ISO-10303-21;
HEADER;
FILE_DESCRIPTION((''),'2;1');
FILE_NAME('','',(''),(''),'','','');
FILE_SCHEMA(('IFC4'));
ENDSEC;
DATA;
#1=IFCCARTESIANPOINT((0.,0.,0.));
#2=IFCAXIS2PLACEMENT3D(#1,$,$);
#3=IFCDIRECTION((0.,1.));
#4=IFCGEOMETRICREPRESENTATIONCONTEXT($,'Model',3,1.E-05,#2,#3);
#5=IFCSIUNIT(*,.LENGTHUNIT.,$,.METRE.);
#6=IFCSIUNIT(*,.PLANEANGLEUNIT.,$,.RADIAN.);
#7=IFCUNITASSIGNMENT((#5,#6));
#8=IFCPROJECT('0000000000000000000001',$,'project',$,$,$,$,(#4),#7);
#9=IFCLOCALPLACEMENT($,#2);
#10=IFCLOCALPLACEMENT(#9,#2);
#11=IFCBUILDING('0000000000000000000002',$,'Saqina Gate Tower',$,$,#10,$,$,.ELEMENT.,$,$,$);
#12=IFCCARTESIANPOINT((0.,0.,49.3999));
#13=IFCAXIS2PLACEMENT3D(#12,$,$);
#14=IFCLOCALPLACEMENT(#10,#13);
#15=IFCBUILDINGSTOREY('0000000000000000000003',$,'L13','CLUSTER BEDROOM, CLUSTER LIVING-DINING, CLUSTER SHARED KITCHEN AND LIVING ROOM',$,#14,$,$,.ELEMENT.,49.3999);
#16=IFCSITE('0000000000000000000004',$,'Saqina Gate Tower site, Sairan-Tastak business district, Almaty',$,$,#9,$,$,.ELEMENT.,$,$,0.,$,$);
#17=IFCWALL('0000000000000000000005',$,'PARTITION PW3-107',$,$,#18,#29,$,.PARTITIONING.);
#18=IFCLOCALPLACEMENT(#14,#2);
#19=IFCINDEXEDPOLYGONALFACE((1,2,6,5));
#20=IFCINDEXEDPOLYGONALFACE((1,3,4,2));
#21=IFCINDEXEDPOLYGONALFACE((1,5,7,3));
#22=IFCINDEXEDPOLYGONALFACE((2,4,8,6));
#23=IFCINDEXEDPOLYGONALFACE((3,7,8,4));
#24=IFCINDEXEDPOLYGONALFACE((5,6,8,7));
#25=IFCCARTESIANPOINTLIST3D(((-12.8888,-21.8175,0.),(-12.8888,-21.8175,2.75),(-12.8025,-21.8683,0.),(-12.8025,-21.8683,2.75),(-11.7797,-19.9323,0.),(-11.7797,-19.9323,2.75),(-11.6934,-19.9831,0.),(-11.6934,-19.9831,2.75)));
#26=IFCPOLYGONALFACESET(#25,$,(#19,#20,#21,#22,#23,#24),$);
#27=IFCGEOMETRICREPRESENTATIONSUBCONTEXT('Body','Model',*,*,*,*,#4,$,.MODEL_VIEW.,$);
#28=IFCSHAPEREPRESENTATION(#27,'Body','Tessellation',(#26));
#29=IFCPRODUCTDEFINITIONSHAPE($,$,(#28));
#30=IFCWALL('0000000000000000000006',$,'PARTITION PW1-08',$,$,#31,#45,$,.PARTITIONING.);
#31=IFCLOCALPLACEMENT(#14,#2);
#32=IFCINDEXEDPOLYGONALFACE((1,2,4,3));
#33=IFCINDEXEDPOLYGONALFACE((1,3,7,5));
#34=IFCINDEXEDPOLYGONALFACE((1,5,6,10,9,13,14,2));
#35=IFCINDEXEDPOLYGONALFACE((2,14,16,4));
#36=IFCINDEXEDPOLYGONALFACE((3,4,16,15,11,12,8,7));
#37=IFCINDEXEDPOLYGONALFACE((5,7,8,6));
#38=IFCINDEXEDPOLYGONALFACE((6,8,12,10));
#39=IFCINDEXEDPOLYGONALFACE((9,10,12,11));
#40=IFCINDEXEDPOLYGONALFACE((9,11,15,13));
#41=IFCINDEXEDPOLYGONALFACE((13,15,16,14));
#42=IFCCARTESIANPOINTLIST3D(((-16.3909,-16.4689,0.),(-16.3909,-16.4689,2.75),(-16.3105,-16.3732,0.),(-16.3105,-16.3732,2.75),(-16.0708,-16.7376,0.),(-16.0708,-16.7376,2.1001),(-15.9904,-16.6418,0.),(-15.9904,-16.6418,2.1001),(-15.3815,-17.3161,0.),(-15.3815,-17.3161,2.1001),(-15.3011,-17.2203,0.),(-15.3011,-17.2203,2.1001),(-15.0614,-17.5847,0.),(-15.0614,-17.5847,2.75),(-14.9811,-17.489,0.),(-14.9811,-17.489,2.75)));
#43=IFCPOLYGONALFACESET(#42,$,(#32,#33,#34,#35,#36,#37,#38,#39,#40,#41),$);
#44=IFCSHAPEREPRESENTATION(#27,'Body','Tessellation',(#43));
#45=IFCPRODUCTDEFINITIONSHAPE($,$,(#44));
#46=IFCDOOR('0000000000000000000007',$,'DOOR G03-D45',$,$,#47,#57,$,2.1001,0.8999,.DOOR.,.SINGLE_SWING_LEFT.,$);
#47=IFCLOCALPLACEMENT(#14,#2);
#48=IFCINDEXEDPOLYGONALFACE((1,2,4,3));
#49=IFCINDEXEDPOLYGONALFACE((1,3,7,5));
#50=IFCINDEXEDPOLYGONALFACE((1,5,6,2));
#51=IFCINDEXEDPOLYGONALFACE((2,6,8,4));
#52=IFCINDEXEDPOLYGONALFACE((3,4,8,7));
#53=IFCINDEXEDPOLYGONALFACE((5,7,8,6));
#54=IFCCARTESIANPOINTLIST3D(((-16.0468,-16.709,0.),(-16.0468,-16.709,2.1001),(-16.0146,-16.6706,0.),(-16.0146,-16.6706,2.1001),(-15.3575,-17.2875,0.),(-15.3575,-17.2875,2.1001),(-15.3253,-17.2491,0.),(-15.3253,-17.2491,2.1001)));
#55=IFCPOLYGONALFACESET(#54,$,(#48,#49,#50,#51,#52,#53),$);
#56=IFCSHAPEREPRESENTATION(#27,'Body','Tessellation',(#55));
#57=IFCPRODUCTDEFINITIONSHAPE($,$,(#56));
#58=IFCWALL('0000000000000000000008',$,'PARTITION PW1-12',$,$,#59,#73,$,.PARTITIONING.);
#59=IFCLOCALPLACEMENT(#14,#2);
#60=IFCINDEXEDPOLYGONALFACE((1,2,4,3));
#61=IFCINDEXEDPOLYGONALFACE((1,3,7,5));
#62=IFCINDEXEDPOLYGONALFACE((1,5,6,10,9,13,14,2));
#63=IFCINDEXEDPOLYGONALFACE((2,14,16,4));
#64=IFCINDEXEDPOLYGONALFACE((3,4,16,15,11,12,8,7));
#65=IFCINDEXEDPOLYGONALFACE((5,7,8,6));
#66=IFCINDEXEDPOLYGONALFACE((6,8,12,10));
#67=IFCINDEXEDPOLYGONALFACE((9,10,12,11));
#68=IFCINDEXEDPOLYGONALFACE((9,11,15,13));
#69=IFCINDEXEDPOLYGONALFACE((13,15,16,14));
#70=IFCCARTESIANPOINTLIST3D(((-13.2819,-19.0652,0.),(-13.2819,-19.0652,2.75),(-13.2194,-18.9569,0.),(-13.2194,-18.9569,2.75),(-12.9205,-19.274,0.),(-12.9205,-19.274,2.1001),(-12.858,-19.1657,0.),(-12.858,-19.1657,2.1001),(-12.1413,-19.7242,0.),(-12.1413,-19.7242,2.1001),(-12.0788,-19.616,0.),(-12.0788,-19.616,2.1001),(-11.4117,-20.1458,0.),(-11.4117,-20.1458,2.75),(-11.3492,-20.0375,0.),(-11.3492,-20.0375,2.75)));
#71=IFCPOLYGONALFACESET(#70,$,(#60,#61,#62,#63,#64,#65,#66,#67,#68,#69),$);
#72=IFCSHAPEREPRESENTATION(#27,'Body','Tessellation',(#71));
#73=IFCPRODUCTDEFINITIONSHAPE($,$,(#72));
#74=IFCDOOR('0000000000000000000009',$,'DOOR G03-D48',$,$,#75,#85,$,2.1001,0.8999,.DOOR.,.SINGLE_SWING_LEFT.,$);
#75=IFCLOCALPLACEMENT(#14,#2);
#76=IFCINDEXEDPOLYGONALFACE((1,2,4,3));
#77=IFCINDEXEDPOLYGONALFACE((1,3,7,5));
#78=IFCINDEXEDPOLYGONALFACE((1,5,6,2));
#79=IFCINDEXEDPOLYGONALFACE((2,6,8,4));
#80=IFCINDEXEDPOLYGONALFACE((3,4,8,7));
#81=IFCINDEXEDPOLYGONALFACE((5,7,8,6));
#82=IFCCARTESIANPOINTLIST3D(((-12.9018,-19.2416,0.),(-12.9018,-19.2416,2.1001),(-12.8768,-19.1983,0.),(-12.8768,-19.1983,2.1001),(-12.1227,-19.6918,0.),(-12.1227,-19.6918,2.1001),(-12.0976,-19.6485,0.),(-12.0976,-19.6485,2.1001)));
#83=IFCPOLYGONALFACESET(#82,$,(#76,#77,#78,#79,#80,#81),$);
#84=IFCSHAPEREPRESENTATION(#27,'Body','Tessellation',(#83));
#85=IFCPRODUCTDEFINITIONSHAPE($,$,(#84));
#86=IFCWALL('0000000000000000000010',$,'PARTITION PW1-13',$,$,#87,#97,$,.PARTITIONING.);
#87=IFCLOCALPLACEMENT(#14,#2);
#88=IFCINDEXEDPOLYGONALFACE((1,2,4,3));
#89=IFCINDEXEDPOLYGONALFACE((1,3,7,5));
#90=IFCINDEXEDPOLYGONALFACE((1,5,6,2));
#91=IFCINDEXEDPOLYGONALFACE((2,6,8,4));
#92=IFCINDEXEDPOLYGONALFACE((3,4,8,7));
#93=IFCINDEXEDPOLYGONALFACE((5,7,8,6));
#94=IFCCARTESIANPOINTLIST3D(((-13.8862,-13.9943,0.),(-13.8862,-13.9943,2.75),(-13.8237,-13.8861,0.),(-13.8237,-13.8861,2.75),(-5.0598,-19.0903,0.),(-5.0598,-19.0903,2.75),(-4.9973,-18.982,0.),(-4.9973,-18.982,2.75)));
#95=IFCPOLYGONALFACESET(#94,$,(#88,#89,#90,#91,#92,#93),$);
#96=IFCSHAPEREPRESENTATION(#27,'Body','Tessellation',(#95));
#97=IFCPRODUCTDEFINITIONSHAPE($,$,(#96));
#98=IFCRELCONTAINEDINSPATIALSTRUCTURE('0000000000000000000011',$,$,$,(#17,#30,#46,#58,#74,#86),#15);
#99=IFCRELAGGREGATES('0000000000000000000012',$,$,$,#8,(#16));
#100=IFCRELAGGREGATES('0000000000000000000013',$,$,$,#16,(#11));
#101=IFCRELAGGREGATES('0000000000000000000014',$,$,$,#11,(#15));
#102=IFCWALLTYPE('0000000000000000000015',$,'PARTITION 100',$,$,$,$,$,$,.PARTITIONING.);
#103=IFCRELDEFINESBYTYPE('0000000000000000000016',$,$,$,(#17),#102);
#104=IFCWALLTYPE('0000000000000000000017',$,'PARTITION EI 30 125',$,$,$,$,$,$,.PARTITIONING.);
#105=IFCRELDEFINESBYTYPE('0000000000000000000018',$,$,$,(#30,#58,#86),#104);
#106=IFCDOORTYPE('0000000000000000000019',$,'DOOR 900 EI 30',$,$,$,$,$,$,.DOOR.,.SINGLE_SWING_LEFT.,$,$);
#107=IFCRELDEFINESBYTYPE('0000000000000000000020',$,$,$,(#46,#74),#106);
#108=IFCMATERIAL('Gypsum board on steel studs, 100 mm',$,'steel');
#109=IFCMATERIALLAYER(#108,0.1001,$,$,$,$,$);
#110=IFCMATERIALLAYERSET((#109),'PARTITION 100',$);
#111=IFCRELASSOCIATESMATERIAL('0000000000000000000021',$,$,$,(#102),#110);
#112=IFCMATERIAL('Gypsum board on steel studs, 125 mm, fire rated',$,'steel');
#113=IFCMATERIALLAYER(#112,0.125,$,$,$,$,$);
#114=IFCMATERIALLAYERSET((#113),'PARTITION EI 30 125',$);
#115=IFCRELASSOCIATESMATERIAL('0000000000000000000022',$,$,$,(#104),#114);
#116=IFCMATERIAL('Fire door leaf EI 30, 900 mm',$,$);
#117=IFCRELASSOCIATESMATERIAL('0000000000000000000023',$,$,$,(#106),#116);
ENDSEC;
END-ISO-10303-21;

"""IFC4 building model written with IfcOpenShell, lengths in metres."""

from ifc_helpers import new_model, si_unit, direction, frame, frame_2d, origin, place, context, subcontext, project, spatial, rectangle, extrude, material, layer, layer_set, type_object, element, fill, save


model = new_model("IFC4")

# Units and contexts
model_context = context("Model", 3, precision=1e-05, world=origin(), true_north=direction((0.0, 1.0)))
body_context = subcontext(model_context, "Body", "Model", "MODEL_VIEW")
ifc_project = project(units=[si_unit("LENGTHUNIT", "METRE"), si_unit("PLANEANGLEUNIT", "RADIAN")], contexts=[model_context])

# Site, building, storey
site_placement = place(None, origin())
site = spatial("IfcSite", under=ifc_project, at=site_placement, Name="Saqina Gate Tower site, Sairan-Tastak business district, Almaty", CompositionType="ELEMENT", RefElevation=0.0)
building_placement = place(site_placement, origin())
building = spatial("IfcBuilding", under=site, at=building_placement, Name="Saqina Gate Tower", CompositionType="ELEMENT")
storey_placement = place(building_placement, frame((0.0, 0.0, 49.3999)))
storey = spatial("IfcBuildingStorey", under=building, at=storey_placement, Name="L13", Description="CLUSTER BEDROOM, CLUSTER LIVING-DINING, CLUSTER SHARED KITCHEN AND LIVING ROOM", CompositionType="ELEMENT", Elevation=49.3999)

# Shared definitions
ifc_material_1 = material(Name="Gypsum board on steel studs, 100 mm", Category="steel")
ifc_layer_1 = layer(ifc_material_1, 0.1001)
ifc_layer_set_1 = layer_set([ifc_layer_1], Name="PARTITION 100")
wall_type_1 = type_object("IfcWallType", Name="PARTITION 100", PredefinedType="PARTITIONING", material=ifc_layer_set_1)

# Wall
wall_1_placement = place(storey_placement, frame((-12.8457, -21.843, 0.0), z_axis=(0.0, 0.0, 1.0), x_axis=(0.507074, 0.861903, 0.0)))
element("IfcWall", 1, at=wall_1_placement, inside=storey, type_object=wall_type_1, Name="PARTITION PW3-107", PredefinedType="PARTITIONING", context=body_context, shape_type="SweptSolid", body=[
    extrude(rectangle(XDim=2.1873, YDim=0.1001, at=frame_2d((1.0938, 0.0))), origin(), (0.0, 0.0, 1.0), 2.75),
])

# Walls, openings, doors
ifc_material_2 = material(Name="Gypsum board on steel studs, 125 mm, fire rated", Category="steel")
ifc_layer_2 = layer(ifc_material_2, 0.125)
ifc_layer_set_2 = layer_set([ifc_layer_2], Name="PARTITION EI 30 125")
wall_type_2 = type_object("IfcWallType", Name="PARTITION EI 30 125", PredefinedType="PARTITIONING", material=ifc_layer_set_2)
wall_2_placement = place(storey_placement, frame((-16.3506, -16.4211, 0.0), z_axis=(0.0, 0.0, 1.0), x_axis=(0.765968, -0.642879, 0.0)))
wall_2 = element("IfcWall", 2, at=wall_2_placement, inside=storey, type_object=wall_type_2, Name="PARTITION PW1-08", PredefinedType="PARTITIONING", context=body_context, shape_type="SweptSolid", body=[
    extrude(rectangle(XDim=1.7356, YDim=0.125, at=frame_2d((0.8677, 0.0))), origin(), (0.0, 0.0, 1.0), 2.75),
])
opening_1_placement = place(wall_2_placement, frame((0.4177, 0.0, 0.0)))
opening_1 = element("IfcOpeningElement", 3, at=opening_1_placement, cuts=wall_2, PredefinedType="OPENING", context=body_context, shape_type="SweptSolid", body=[
    extrude(rectangle(XDim=0.8999, YDim=2.1001, at=frame_2d((0.45, 1.05))), frame((0.0, 0.0745, 0.0), z_axis=(0.0, -1.0, 0.0), x_axis=(1.0, 0.0, 0.0)), (0.0, 0.0, 1.0), 0.1489),
])
ifc_material_3 = material(Name="Fire door leaf EI 30, 900 mm")
door_type_1 = type_object("IfcDoorType", Name="DOOR 900 EI 30", OperationType="SINGLE_SWING_LEFT", PredefinedType="DOOR", material=ifc_material_3)
door_1_placement = place(opening_1_placement, origin())
door_1 = element("IfcDoor", 4, at=door_1_placement, inside=storey, type_object=door_type_1, Name="DOOR G03-D45", OperationType="SINGLE_SWING_LEFT", OverallHeight=2.1001, OverallWidth=0.8999, PredefinedType="DOOR", context=body_context, shape_type="SweptSolid", body=[
    extrude(rectangle(XDim=0.8999, YDim=2.1001, at=frame_2d((0.45, 1.05))), frame((0.0, 0.0249, 0.0), z_axis=(0.0, -1.0, 0.0), x_axis=(1.0, 0.0, 0.0)), (0.0, 0.0, 1.0), 0.05),
])
fill(opening_1, door_1)
wall_3_placement = place(storey_placement, frame((-13.2507, -19.011, 0.0), z_axis=(0.0, 0.0, 1.0), x_axis=(0.865854, -0.500296, 0.0)))
wall_3 = element("IfcWall", 5, at=wall_3_placement, inside=storey, type_object=wall_type_2, Name="PARTITION PW1-12", PredefinedType="PARTITIONING", context=body_context, shape_type="SweptSolid", body=[
    extrude(rectangle(XDim=2.1599, YDim=0.125, at=frame_2d((1.0801, 0.0))), origin(), (0.0, 0.0, 1.0), 2.75),
])
opening_2_placement = place(wall_3_placement, frame((0.4175, 0.0, 0.0)))
opening_2 = element("IfcOpeningElement", 6, at=opening_2_placement, cuts=wall_3, PredefinedType="OPENING", context=body_context, shape_type="SweptSolid", body=[
    extrude(rectangle(XDim=0.8999, YDim=2.1001, at=frame_2d((0.45, 1.05))), frame((0.0, 0.0745, 0.0), z_axis=(0.0, -1.0, 0.0), x_axis=(1.0, 0.0, 0.0)), (0.0, 0.0, 1.0), 0.1489),
])
door_2_placement = place(opening_2_placement, origin())
door_2 = element("IfcDoor", 7, at=door_2_placement, inside=storey, type_object=door_type_1, Name="DOOR G03-D48", OperationType="SINGLE_SWING_LEFT", OverallHeight=2.1001, OverallWidth=0.8999, PredefinedType="DOOR", context=body_context, shape_type="SweptSolid", body=[
    extrude(rectangle(XDim=0.8999, YDim=2.1001, at=frame_2d((0.45, 1.05))), frame((0.0, 0.0249, 0.0), z_axis=(0.0, -1.0, 0.0), x_axis=(1.0, 0.0, 0.0)), (0.0, 0.0, 1.0), 0.05),
])
fill(opening_2, door_2)

# Wall
wall_4_placement = place(storey_placement, frame((-13.855, -13.9402, 0.0), z_axis=(0.0, 0.0, 1.0), x_axis=(0.866025, -0.500001, 0.0)))
element("IfcWall", 8, at=wall_4_placement, inside=storey, type_object=wall_type_2, Name="PARTITION PW1-13", PredefinedType="PARTITIONING", context=body_context, shape_type="SweptSolid", body=[
    extrude(rectangle(XDim=10.1919, YDim=0.125, at=frame_2d((5.0959, 0.0))), origin(), (0.0, 0.0, 1.0), 2.75),
])

save(model, "model.ifc")
